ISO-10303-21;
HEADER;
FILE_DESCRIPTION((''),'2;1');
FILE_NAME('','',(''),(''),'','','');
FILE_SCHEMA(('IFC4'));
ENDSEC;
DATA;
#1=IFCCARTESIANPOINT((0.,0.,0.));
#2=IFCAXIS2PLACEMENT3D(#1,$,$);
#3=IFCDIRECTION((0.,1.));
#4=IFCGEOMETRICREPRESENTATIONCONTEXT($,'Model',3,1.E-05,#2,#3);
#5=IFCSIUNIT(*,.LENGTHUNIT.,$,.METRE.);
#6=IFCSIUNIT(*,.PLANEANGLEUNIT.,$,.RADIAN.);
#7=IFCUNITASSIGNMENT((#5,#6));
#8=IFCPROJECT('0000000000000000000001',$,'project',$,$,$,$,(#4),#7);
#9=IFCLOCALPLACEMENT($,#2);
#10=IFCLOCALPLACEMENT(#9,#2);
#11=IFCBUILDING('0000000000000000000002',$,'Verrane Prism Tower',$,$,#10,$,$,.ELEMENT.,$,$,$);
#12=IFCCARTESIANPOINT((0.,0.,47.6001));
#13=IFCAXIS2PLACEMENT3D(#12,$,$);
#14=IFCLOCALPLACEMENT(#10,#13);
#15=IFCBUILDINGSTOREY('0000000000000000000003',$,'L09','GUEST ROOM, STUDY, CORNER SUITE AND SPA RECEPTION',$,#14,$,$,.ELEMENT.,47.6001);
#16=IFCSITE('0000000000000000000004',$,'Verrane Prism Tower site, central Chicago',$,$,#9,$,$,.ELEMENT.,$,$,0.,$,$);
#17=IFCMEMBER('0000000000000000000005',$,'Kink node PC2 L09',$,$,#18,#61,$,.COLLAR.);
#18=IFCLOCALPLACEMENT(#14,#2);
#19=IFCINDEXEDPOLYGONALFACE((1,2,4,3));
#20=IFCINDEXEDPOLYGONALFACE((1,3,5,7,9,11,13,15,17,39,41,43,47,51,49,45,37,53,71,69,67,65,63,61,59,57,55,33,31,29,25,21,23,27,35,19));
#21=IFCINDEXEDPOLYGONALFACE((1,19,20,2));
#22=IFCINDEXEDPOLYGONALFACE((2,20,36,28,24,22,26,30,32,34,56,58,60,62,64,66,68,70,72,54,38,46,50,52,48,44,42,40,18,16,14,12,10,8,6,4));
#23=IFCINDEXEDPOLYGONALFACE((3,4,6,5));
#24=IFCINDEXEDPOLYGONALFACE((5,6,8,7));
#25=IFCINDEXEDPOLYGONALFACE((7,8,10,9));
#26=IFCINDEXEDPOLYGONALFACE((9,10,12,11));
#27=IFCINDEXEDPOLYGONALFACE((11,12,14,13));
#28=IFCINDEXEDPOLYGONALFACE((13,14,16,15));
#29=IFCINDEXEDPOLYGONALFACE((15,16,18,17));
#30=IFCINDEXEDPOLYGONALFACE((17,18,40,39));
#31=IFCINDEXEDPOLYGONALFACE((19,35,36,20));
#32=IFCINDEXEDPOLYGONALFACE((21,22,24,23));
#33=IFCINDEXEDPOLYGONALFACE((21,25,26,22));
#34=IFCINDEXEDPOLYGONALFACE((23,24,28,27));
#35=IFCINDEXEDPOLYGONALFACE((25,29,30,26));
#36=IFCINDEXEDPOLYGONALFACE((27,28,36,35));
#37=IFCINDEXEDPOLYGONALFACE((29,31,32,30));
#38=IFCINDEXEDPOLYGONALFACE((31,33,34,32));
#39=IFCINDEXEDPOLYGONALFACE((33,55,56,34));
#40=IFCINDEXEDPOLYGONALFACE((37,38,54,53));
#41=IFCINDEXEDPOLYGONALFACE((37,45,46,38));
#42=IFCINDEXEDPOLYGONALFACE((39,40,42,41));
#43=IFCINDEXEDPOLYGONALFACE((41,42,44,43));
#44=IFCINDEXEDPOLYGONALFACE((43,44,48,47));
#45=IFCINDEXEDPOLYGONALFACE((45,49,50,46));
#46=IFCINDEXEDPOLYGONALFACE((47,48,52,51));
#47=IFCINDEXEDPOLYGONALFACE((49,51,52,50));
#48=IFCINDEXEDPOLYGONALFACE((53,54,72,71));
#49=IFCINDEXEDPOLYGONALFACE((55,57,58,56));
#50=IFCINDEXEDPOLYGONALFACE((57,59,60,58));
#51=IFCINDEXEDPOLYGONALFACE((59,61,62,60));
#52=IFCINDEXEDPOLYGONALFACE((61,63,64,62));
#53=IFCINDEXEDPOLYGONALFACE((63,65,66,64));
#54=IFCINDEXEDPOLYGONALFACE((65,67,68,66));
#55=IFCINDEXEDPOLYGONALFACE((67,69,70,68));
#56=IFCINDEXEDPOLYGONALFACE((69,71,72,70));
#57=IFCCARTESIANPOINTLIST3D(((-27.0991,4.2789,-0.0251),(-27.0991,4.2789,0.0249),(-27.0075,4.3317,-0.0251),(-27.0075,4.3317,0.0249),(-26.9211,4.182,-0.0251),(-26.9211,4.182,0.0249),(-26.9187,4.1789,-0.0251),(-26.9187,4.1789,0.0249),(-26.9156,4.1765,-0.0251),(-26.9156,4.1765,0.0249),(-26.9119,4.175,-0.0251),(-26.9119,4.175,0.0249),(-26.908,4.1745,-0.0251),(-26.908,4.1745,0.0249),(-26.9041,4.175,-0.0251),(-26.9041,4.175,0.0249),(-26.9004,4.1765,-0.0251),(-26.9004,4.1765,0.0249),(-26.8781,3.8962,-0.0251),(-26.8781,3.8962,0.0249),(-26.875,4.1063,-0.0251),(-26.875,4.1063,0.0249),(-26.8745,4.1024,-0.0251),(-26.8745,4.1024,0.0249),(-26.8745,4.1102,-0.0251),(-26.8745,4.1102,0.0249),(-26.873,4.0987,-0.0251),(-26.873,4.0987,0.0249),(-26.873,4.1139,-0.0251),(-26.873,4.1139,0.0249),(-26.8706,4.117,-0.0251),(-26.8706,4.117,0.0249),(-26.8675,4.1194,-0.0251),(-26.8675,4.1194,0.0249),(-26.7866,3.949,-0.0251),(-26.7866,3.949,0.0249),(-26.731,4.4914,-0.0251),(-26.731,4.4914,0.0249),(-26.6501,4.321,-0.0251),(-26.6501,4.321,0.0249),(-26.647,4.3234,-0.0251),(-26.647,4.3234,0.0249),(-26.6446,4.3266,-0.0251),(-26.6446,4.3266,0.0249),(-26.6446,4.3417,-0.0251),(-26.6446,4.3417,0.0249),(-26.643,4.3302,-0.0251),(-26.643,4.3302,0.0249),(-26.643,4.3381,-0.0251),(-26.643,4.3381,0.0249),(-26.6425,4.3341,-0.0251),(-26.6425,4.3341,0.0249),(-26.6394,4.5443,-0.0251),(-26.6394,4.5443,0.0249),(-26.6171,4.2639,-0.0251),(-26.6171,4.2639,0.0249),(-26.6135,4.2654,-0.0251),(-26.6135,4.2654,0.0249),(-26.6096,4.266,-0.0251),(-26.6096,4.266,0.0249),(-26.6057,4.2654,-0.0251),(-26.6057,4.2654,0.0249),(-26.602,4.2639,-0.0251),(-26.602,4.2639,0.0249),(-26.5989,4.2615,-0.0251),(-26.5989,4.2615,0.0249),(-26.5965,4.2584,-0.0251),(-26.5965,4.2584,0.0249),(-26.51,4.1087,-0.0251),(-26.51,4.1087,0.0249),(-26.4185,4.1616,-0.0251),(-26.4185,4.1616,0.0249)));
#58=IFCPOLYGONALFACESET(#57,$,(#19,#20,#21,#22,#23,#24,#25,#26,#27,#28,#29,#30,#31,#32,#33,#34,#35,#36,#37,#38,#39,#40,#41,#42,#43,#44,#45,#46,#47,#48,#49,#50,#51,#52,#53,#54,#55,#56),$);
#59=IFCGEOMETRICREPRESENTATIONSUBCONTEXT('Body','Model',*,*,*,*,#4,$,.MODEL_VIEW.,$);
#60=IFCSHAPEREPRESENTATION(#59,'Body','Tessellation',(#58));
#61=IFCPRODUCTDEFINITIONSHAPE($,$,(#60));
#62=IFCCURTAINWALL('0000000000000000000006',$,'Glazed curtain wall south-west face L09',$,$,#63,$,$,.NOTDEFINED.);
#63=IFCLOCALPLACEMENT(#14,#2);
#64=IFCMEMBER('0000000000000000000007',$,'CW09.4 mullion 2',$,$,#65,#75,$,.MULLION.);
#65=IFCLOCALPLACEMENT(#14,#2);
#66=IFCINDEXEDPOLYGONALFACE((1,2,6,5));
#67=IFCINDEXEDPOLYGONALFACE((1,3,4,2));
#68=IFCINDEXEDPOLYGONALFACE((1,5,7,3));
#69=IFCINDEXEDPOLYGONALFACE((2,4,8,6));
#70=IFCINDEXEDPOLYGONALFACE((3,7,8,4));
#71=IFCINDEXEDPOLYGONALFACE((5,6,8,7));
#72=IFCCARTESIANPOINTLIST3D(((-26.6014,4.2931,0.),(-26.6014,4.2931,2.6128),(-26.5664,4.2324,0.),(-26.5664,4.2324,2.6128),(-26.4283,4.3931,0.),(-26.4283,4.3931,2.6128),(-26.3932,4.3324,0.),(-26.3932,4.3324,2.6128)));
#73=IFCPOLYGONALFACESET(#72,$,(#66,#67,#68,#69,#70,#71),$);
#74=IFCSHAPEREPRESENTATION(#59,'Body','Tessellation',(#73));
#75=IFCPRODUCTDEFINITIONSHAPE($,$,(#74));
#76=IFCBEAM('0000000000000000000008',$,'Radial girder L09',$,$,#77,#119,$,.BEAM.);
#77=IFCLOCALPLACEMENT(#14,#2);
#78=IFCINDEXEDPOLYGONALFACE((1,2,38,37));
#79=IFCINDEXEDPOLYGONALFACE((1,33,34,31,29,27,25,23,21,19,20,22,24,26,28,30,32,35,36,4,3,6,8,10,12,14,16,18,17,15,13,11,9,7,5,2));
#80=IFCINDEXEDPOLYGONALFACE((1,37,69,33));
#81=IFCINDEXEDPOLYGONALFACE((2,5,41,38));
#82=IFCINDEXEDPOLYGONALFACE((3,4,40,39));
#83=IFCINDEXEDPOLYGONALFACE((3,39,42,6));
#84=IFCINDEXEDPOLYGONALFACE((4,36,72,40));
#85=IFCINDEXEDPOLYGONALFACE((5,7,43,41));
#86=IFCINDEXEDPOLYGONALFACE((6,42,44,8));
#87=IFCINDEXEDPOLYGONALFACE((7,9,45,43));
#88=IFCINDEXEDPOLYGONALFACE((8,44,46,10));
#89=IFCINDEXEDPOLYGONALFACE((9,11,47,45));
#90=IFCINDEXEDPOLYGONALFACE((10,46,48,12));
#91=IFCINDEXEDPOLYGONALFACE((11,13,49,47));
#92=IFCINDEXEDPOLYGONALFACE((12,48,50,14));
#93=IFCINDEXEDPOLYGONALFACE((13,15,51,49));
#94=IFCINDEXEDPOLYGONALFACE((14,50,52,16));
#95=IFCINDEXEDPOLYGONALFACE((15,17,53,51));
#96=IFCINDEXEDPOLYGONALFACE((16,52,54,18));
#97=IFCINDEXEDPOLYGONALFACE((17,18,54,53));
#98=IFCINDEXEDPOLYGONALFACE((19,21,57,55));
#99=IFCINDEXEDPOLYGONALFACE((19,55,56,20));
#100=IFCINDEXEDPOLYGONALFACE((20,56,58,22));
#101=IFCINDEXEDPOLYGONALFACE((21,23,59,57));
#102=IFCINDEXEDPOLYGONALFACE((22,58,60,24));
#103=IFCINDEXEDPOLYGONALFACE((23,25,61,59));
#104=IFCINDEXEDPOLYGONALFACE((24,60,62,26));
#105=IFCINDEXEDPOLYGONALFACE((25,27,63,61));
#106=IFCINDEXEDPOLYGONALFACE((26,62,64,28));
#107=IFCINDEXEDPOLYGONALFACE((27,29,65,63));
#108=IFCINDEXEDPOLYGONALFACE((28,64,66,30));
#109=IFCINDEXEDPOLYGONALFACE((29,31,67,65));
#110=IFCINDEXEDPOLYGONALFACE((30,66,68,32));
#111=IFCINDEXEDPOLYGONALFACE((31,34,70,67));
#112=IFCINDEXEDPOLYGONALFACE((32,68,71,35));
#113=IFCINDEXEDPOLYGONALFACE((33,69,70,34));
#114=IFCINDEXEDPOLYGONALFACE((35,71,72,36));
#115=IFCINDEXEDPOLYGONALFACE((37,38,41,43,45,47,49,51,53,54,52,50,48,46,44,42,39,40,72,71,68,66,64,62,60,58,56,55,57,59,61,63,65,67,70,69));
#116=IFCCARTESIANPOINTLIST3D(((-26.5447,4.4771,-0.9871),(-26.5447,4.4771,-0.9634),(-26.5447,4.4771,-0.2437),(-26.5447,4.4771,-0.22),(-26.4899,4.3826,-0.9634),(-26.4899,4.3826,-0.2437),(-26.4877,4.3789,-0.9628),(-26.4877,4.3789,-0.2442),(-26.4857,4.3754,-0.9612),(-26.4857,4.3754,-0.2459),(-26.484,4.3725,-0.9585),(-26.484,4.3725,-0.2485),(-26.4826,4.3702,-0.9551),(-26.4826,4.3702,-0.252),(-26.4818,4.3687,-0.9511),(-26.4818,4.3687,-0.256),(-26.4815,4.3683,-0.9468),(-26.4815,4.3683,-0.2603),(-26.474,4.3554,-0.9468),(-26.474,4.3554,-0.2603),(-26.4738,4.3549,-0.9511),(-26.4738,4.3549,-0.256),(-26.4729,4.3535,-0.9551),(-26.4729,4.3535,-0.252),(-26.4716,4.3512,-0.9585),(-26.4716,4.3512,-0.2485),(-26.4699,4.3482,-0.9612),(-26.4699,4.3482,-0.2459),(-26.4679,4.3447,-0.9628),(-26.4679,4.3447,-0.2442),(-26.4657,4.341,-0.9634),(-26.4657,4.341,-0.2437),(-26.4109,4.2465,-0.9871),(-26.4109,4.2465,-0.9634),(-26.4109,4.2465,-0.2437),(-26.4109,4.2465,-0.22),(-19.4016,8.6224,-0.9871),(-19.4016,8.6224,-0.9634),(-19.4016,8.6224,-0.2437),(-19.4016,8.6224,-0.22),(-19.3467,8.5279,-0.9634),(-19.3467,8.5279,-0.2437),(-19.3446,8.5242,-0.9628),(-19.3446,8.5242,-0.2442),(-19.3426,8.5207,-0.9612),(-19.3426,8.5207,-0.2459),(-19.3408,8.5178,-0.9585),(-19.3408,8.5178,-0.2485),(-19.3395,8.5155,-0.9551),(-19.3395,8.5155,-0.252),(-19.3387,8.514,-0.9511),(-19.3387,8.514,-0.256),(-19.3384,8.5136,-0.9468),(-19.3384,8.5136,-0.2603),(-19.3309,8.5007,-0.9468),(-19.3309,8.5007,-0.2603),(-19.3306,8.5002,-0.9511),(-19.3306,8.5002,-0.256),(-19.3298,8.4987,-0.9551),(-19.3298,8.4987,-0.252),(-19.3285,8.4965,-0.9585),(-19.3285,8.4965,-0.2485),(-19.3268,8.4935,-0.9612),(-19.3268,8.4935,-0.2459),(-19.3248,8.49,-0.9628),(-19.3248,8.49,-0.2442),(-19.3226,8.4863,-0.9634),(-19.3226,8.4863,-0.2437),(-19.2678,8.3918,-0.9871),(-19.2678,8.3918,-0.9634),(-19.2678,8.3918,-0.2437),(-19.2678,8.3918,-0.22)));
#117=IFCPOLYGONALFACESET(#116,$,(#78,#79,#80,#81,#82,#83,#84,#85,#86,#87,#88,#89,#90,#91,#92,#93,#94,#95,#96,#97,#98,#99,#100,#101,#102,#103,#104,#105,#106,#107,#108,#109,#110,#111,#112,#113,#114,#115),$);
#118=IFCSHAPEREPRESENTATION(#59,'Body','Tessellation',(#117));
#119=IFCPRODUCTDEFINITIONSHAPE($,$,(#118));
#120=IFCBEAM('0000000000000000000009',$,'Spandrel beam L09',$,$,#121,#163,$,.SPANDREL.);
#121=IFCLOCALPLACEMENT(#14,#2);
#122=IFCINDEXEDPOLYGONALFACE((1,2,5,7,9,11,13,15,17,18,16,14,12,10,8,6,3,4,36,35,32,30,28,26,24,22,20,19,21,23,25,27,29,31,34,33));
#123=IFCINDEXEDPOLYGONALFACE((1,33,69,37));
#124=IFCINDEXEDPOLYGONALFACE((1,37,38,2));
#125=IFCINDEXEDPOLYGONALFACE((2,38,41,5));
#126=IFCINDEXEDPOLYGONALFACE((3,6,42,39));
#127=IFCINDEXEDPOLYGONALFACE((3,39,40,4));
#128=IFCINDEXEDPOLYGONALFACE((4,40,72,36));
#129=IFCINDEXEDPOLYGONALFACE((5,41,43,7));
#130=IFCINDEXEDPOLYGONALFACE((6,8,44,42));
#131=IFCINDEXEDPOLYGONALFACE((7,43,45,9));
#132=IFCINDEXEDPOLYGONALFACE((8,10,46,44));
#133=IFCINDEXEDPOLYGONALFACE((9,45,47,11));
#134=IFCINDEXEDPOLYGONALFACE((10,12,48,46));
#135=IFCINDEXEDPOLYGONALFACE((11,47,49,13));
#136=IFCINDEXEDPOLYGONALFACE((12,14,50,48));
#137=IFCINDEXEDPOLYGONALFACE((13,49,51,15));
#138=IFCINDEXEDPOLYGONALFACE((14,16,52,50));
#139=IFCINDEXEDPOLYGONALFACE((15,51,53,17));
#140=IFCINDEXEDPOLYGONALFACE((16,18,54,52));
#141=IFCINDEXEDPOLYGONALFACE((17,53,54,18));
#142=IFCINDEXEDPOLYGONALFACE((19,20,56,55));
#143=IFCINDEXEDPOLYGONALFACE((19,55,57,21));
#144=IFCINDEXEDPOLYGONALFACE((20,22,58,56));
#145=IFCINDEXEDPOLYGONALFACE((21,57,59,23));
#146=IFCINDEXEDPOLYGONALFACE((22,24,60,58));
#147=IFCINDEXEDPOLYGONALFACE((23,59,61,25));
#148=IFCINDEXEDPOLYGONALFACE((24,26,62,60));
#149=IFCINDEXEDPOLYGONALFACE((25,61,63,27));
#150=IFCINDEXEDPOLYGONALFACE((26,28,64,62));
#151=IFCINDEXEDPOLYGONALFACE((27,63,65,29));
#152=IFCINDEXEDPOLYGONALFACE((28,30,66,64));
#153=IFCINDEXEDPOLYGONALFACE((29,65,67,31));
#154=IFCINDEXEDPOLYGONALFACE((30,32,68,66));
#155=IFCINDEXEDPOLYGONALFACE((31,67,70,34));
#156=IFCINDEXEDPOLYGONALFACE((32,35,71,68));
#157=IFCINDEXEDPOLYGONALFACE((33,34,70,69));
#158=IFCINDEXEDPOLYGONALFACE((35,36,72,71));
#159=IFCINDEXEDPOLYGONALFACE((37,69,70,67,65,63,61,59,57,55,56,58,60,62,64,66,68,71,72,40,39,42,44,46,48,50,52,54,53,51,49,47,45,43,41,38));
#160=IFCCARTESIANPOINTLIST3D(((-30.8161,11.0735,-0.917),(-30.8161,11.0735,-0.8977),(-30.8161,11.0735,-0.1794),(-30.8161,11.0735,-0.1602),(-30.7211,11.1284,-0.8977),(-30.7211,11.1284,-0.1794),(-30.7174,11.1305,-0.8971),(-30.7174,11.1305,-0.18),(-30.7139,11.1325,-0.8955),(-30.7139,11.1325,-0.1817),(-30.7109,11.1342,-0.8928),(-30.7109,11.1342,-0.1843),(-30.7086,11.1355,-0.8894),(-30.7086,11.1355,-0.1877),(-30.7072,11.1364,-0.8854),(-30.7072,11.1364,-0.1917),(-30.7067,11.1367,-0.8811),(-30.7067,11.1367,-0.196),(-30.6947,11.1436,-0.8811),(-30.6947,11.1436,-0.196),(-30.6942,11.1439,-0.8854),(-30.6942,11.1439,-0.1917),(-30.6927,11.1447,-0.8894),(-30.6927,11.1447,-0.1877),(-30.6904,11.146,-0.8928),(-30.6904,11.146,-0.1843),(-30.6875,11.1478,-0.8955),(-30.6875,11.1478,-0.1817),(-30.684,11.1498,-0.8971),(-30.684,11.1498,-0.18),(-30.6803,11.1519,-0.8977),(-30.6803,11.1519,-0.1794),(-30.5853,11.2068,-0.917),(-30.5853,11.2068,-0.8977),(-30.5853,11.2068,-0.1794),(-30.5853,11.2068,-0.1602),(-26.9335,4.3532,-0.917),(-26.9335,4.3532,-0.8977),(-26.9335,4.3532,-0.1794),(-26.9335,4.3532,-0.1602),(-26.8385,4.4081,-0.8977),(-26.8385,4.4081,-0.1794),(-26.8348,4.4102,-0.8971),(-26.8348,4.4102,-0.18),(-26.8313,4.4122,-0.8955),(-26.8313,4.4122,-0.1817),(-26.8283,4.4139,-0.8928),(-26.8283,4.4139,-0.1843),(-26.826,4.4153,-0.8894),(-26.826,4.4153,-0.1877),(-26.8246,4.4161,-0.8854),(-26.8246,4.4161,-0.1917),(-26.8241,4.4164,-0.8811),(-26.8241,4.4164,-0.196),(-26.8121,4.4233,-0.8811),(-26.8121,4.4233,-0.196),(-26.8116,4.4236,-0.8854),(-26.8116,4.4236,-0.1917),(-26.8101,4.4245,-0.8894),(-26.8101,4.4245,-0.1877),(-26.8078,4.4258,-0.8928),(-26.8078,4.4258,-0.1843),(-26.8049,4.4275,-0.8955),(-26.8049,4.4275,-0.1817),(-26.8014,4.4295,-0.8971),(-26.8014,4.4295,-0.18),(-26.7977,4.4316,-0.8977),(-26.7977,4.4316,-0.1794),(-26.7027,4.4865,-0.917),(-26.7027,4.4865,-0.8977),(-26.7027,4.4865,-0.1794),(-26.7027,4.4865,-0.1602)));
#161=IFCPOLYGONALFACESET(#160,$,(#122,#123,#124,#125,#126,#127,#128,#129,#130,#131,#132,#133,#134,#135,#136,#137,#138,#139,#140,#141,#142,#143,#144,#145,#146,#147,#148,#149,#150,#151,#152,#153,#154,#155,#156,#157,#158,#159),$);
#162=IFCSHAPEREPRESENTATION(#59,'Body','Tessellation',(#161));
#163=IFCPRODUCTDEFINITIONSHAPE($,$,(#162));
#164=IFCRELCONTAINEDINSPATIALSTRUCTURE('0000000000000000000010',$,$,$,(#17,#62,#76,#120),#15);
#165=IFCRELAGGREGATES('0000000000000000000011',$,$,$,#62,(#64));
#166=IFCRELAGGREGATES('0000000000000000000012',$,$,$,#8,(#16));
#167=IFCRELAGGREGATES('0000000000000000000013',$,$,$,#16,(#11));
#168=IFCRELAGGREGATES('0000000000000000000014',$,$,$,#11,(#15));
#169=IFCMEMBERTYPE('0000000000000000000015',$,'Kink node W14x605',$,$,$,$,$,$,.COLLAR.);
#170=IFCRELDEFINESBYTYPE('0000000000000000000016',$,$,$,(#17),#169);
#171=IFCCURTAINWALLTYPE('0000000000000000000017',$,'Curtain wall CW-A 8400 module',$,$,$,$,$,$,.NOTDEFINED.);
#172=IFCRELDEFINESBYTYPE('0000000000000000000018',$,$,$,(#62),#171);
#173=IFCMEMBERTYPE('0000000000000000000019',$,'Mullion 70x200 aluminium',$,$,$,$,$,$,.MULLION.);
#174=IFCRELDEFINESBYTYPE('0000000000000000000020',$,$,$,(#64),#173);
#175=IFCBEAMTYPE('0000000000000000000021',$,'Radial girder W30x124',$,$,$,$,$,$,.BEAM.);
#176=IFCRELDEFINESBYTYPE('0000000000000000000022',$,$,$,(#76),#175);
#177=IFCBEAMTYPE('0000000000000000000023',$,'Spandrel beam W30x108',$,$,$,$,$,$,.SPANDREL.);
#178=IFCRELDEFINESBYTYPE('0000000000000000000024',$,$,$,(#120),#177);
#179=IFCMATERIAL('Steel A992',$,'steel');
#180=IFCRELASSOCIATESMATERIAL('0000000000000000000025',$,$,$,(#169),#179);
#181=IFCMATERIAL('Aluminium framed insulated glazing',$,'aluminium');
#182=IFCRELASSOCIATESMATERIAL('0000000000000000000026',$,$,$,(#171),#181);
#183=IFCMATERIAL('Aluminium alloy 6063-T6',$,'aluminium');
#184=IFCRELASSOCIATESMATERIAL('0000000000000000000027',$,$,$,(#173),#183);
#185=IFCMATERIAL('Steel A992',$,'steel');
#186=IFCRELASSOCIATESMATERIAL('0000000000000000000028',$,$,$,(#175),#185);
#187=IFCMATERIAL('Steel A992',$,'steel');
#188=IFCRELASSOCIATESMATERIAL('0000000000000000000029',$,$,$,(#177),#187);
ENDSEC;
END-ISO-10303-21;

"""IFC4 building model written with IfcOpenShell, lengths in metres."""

from ifc_helpers import new_model, si_unit, direction, frame, origin, origin_2d, place, context, subcontext, project, spatial, rectangle, i_section, extrude, material, material_profile, profile_set, type_object, element, aggregate, save


model = new_model("IFC4")

# Units and contexts
model_context = context("Model", 3, precision=1e-05, world=origin(), true_north=direction((0.0, 1.0)))
body_context = subcontext(model_context, "Body", "Model", "MODEL_VIEW")
ifc_project = project(units=[si_unit("LENGTHUNIT", "METRE"), si_unit("PLANEANGLEUNIT", "RADIAN")], contexts=[model_context])

# Site, building, storey
site_placement = place(None, origin())
site = spatial("IfcSite", under=ifc_project, at=site_placement, Name="Verrane Prism Tower site, central Chicago", CompositionType="ELEMENT", RefElevation=0.0)
building_placement = place(site_placement, origin())
building = spatial("IfcBuilding", under=site, at=building_placement, Name="Verrane Prism Tower", CompositionType="ELEMENT")
storey_placement = place(building_placement, frame((0.0, 0.0, 47.6001)))
storey = spatial("IfcBuildingStorey", under=building, at=storey_placement, Name="L09", Description="GUEST ROOM, STUDY, CORNER SUITE AND SPA RECEPTION", CompositionType="ELEMENT", Elevation=47.6001)

# Member
ifc_material_1 = material(Name="Steel A992", Category="steel")
ifc_material_profile_1 = material_profile(ifc_material_1, i_section(OverallWidth=0.4419, OverallDepth=0.5308, WebThickness=0.0659, FlangeThickness=0.1057, FilletRadius=0.0151, at=origin_2d()), Name="W14x605")
ifc_profile_set_1 = profile_set([ifc_material_profile_1], Name="Steel A992")
member_type_1 = type_object("IfcMemberType", Name="Kink node W14x605", PredefinedType="COLLAR", material=ifc_profile_set_1)
member_1_placement = place(storey_placement, frame((-26.7588, 4.2202, -0.0251), z_axis=(0.0, 0.0, 1.0), x_axis=(-0.5, 0.866025, 0.0)))
element("IfcMember", 1, at=member_1_placement, inside=storey, type_object=member_type_1, Name="Kink node PC2 L09", PredefinedType="COLLAR", context=body_context, shape_type="SweptSolid", body=[
    extrude(i_section(OverallWidth=0.4419, OverallDepth=0.5308, WebThickness=0.0659, FlangeThickness=0.1057, FilletRadius=0.0151, at=origin_2d()), origin(), (0.0, 0.0, 1.0), 0.05),
])

# Curtain wall, member
ifc_material_2 = material(Name="Aluminium framed insulated glazing", Category="aluminium")
curtain_wall_type = type_object("IfcCurtainWallType", Name="Curtain wall CW-A 8400 module", PredefinedType="NOTDEFINED", material=ifc_material_2)
curtain_wall_placement = place(storey_placement, origin())
curtain_wall = element("IfcCurtainWall", 2, at=curtain_wall_placement, inside=storey, type_object=curtain_wall_type, Name="Glazed curtain wall south-west face L09", PredefinedType="NOTDEFINED")
ifc_material_3 = material(Name="Aluminium alloy 6063-T6", Category="aluminium")
ifc_material_profile_2 = material_profile(ifc_material_3, rectangle(XDim=0.2, YDim=0.0701, at=origin_2d()), Name="Mullion 70x200 aluminium")
ifc_profile_set_2 = profile_set([ifc_material_profile_2], Name="Aluminium alloy 6063-T6")
member_type_2 = type_object("IfcMemberType", Name="Mullion 70x200 aluminium", PredefinedType="MULLION", material=ifc_profile_set_2)
member_2_placement = place(storey_placement, frame((-26.4973, 4.3127, 0.0), z_axis=(0.0, 0.0, 1.0), x_axis=(0.866026, 0.499999, 0.0)))
member_2 = element("IfcMember", 3, at=member_2_placement, type_object=member_type_2, Name="CW09.4 mullion 2", PredefinedType="MULLION", context=body_context, shape_type="SweptSolid", body=[
    extrude(rectangle(XDim=0.2, YDim=0.0701, at=origin_2d()), origin(), (0.0, 0.0, 1.0), 2.6128),
])

# Beams
ifc_material_4 = material(Name="Steel A992", Category="steel")
ifc_material_profile_3 = material_profile(ifc_material_4, i_section(OverallWidth=0.2666, OverallDepth=0.7671, WebThickness=0.0149, FlangeThickness=0.0237, FilletRadius=0.0166, at=origin_2d()), Name="W30x124")
ifc_profile_set_3 = profile_set([ifc_material_profile_3], Name="Steel A992")
beam_type_1 = type_object("IfcBeamType", Name="Radial girder W30x124", PredefinedType="BEAM", material=ifc_profile_set_3)
beam_1_placement = place(storey_placement, frame((-26.4778, 4.3618, -0.6035), z_axis=(0.864911, 0.501925, 0.0), x_axis=(-0.501925, 0.864911, 0.0)))
element("IfcBeam", 4, at=beam_1_placement, inside=storey, type_object=beam_type_1, Name="Radial girder L09", PredefinedType="BEAM", context=body_context, shape_type="SweptSolid", body=[
    extrude(i_section(OverallWidth=0.2666, OverallDepth=0.7671, WebThickness=0.0149, FlangeThickness=0.0237, FilletRadius=0.0166, at=origin_2d()), origin(), (0.0, 0.0, 1.0), 8.2588),
])
ifc_material_5 = material(Name="Steel A992", Category="steel")
ifc_material_profile_4 = material_profile(ifc_material_5, i_section(OverallWidth=0.2666, OverallDepth=0.7568, WebThickness=0.0139, FlangeThickness=0.0193, FilletRadius=0.0166, at=origin_2d()), Name="W30x108")
ifc_profile_set_4 = profile_set([ifc_material_profile_4], Name="Steel A992")
beam_type_2 = type_object("IfcBeamType", Name="Spandrel beam W30x108", PredefinedType="SPANDREL", material=ifc_profile_set_4)
beam_2_placement = place(storey_placement, frame((-30.7007, 11.1401, -0.5386), z_axis=(0.500256, -0.865877, 0.0), x_axis=(0.865877, 0.500256, 0.0)))
element("IfcBeam", 5, at=beam_2_placement, inside=storey, type_object=beam_type_2, Name="Spandrel beam L09", PredefinedType="SPANDREL", context=body_context, shape_type="SweptSolid", body=[
    extrude(i_section(OverallWidth=0.2666, OverallDepth=0.7568, WebThickness=0.0139, FlangeThickness=0.0193, FilletRadius=0.0166, at=origin_2d()), origin(), (0.0, 0.0, 1.0), 7.7612),
])

aggregate(curtain_wall, [member_2])

save(model, "model.ifc")
